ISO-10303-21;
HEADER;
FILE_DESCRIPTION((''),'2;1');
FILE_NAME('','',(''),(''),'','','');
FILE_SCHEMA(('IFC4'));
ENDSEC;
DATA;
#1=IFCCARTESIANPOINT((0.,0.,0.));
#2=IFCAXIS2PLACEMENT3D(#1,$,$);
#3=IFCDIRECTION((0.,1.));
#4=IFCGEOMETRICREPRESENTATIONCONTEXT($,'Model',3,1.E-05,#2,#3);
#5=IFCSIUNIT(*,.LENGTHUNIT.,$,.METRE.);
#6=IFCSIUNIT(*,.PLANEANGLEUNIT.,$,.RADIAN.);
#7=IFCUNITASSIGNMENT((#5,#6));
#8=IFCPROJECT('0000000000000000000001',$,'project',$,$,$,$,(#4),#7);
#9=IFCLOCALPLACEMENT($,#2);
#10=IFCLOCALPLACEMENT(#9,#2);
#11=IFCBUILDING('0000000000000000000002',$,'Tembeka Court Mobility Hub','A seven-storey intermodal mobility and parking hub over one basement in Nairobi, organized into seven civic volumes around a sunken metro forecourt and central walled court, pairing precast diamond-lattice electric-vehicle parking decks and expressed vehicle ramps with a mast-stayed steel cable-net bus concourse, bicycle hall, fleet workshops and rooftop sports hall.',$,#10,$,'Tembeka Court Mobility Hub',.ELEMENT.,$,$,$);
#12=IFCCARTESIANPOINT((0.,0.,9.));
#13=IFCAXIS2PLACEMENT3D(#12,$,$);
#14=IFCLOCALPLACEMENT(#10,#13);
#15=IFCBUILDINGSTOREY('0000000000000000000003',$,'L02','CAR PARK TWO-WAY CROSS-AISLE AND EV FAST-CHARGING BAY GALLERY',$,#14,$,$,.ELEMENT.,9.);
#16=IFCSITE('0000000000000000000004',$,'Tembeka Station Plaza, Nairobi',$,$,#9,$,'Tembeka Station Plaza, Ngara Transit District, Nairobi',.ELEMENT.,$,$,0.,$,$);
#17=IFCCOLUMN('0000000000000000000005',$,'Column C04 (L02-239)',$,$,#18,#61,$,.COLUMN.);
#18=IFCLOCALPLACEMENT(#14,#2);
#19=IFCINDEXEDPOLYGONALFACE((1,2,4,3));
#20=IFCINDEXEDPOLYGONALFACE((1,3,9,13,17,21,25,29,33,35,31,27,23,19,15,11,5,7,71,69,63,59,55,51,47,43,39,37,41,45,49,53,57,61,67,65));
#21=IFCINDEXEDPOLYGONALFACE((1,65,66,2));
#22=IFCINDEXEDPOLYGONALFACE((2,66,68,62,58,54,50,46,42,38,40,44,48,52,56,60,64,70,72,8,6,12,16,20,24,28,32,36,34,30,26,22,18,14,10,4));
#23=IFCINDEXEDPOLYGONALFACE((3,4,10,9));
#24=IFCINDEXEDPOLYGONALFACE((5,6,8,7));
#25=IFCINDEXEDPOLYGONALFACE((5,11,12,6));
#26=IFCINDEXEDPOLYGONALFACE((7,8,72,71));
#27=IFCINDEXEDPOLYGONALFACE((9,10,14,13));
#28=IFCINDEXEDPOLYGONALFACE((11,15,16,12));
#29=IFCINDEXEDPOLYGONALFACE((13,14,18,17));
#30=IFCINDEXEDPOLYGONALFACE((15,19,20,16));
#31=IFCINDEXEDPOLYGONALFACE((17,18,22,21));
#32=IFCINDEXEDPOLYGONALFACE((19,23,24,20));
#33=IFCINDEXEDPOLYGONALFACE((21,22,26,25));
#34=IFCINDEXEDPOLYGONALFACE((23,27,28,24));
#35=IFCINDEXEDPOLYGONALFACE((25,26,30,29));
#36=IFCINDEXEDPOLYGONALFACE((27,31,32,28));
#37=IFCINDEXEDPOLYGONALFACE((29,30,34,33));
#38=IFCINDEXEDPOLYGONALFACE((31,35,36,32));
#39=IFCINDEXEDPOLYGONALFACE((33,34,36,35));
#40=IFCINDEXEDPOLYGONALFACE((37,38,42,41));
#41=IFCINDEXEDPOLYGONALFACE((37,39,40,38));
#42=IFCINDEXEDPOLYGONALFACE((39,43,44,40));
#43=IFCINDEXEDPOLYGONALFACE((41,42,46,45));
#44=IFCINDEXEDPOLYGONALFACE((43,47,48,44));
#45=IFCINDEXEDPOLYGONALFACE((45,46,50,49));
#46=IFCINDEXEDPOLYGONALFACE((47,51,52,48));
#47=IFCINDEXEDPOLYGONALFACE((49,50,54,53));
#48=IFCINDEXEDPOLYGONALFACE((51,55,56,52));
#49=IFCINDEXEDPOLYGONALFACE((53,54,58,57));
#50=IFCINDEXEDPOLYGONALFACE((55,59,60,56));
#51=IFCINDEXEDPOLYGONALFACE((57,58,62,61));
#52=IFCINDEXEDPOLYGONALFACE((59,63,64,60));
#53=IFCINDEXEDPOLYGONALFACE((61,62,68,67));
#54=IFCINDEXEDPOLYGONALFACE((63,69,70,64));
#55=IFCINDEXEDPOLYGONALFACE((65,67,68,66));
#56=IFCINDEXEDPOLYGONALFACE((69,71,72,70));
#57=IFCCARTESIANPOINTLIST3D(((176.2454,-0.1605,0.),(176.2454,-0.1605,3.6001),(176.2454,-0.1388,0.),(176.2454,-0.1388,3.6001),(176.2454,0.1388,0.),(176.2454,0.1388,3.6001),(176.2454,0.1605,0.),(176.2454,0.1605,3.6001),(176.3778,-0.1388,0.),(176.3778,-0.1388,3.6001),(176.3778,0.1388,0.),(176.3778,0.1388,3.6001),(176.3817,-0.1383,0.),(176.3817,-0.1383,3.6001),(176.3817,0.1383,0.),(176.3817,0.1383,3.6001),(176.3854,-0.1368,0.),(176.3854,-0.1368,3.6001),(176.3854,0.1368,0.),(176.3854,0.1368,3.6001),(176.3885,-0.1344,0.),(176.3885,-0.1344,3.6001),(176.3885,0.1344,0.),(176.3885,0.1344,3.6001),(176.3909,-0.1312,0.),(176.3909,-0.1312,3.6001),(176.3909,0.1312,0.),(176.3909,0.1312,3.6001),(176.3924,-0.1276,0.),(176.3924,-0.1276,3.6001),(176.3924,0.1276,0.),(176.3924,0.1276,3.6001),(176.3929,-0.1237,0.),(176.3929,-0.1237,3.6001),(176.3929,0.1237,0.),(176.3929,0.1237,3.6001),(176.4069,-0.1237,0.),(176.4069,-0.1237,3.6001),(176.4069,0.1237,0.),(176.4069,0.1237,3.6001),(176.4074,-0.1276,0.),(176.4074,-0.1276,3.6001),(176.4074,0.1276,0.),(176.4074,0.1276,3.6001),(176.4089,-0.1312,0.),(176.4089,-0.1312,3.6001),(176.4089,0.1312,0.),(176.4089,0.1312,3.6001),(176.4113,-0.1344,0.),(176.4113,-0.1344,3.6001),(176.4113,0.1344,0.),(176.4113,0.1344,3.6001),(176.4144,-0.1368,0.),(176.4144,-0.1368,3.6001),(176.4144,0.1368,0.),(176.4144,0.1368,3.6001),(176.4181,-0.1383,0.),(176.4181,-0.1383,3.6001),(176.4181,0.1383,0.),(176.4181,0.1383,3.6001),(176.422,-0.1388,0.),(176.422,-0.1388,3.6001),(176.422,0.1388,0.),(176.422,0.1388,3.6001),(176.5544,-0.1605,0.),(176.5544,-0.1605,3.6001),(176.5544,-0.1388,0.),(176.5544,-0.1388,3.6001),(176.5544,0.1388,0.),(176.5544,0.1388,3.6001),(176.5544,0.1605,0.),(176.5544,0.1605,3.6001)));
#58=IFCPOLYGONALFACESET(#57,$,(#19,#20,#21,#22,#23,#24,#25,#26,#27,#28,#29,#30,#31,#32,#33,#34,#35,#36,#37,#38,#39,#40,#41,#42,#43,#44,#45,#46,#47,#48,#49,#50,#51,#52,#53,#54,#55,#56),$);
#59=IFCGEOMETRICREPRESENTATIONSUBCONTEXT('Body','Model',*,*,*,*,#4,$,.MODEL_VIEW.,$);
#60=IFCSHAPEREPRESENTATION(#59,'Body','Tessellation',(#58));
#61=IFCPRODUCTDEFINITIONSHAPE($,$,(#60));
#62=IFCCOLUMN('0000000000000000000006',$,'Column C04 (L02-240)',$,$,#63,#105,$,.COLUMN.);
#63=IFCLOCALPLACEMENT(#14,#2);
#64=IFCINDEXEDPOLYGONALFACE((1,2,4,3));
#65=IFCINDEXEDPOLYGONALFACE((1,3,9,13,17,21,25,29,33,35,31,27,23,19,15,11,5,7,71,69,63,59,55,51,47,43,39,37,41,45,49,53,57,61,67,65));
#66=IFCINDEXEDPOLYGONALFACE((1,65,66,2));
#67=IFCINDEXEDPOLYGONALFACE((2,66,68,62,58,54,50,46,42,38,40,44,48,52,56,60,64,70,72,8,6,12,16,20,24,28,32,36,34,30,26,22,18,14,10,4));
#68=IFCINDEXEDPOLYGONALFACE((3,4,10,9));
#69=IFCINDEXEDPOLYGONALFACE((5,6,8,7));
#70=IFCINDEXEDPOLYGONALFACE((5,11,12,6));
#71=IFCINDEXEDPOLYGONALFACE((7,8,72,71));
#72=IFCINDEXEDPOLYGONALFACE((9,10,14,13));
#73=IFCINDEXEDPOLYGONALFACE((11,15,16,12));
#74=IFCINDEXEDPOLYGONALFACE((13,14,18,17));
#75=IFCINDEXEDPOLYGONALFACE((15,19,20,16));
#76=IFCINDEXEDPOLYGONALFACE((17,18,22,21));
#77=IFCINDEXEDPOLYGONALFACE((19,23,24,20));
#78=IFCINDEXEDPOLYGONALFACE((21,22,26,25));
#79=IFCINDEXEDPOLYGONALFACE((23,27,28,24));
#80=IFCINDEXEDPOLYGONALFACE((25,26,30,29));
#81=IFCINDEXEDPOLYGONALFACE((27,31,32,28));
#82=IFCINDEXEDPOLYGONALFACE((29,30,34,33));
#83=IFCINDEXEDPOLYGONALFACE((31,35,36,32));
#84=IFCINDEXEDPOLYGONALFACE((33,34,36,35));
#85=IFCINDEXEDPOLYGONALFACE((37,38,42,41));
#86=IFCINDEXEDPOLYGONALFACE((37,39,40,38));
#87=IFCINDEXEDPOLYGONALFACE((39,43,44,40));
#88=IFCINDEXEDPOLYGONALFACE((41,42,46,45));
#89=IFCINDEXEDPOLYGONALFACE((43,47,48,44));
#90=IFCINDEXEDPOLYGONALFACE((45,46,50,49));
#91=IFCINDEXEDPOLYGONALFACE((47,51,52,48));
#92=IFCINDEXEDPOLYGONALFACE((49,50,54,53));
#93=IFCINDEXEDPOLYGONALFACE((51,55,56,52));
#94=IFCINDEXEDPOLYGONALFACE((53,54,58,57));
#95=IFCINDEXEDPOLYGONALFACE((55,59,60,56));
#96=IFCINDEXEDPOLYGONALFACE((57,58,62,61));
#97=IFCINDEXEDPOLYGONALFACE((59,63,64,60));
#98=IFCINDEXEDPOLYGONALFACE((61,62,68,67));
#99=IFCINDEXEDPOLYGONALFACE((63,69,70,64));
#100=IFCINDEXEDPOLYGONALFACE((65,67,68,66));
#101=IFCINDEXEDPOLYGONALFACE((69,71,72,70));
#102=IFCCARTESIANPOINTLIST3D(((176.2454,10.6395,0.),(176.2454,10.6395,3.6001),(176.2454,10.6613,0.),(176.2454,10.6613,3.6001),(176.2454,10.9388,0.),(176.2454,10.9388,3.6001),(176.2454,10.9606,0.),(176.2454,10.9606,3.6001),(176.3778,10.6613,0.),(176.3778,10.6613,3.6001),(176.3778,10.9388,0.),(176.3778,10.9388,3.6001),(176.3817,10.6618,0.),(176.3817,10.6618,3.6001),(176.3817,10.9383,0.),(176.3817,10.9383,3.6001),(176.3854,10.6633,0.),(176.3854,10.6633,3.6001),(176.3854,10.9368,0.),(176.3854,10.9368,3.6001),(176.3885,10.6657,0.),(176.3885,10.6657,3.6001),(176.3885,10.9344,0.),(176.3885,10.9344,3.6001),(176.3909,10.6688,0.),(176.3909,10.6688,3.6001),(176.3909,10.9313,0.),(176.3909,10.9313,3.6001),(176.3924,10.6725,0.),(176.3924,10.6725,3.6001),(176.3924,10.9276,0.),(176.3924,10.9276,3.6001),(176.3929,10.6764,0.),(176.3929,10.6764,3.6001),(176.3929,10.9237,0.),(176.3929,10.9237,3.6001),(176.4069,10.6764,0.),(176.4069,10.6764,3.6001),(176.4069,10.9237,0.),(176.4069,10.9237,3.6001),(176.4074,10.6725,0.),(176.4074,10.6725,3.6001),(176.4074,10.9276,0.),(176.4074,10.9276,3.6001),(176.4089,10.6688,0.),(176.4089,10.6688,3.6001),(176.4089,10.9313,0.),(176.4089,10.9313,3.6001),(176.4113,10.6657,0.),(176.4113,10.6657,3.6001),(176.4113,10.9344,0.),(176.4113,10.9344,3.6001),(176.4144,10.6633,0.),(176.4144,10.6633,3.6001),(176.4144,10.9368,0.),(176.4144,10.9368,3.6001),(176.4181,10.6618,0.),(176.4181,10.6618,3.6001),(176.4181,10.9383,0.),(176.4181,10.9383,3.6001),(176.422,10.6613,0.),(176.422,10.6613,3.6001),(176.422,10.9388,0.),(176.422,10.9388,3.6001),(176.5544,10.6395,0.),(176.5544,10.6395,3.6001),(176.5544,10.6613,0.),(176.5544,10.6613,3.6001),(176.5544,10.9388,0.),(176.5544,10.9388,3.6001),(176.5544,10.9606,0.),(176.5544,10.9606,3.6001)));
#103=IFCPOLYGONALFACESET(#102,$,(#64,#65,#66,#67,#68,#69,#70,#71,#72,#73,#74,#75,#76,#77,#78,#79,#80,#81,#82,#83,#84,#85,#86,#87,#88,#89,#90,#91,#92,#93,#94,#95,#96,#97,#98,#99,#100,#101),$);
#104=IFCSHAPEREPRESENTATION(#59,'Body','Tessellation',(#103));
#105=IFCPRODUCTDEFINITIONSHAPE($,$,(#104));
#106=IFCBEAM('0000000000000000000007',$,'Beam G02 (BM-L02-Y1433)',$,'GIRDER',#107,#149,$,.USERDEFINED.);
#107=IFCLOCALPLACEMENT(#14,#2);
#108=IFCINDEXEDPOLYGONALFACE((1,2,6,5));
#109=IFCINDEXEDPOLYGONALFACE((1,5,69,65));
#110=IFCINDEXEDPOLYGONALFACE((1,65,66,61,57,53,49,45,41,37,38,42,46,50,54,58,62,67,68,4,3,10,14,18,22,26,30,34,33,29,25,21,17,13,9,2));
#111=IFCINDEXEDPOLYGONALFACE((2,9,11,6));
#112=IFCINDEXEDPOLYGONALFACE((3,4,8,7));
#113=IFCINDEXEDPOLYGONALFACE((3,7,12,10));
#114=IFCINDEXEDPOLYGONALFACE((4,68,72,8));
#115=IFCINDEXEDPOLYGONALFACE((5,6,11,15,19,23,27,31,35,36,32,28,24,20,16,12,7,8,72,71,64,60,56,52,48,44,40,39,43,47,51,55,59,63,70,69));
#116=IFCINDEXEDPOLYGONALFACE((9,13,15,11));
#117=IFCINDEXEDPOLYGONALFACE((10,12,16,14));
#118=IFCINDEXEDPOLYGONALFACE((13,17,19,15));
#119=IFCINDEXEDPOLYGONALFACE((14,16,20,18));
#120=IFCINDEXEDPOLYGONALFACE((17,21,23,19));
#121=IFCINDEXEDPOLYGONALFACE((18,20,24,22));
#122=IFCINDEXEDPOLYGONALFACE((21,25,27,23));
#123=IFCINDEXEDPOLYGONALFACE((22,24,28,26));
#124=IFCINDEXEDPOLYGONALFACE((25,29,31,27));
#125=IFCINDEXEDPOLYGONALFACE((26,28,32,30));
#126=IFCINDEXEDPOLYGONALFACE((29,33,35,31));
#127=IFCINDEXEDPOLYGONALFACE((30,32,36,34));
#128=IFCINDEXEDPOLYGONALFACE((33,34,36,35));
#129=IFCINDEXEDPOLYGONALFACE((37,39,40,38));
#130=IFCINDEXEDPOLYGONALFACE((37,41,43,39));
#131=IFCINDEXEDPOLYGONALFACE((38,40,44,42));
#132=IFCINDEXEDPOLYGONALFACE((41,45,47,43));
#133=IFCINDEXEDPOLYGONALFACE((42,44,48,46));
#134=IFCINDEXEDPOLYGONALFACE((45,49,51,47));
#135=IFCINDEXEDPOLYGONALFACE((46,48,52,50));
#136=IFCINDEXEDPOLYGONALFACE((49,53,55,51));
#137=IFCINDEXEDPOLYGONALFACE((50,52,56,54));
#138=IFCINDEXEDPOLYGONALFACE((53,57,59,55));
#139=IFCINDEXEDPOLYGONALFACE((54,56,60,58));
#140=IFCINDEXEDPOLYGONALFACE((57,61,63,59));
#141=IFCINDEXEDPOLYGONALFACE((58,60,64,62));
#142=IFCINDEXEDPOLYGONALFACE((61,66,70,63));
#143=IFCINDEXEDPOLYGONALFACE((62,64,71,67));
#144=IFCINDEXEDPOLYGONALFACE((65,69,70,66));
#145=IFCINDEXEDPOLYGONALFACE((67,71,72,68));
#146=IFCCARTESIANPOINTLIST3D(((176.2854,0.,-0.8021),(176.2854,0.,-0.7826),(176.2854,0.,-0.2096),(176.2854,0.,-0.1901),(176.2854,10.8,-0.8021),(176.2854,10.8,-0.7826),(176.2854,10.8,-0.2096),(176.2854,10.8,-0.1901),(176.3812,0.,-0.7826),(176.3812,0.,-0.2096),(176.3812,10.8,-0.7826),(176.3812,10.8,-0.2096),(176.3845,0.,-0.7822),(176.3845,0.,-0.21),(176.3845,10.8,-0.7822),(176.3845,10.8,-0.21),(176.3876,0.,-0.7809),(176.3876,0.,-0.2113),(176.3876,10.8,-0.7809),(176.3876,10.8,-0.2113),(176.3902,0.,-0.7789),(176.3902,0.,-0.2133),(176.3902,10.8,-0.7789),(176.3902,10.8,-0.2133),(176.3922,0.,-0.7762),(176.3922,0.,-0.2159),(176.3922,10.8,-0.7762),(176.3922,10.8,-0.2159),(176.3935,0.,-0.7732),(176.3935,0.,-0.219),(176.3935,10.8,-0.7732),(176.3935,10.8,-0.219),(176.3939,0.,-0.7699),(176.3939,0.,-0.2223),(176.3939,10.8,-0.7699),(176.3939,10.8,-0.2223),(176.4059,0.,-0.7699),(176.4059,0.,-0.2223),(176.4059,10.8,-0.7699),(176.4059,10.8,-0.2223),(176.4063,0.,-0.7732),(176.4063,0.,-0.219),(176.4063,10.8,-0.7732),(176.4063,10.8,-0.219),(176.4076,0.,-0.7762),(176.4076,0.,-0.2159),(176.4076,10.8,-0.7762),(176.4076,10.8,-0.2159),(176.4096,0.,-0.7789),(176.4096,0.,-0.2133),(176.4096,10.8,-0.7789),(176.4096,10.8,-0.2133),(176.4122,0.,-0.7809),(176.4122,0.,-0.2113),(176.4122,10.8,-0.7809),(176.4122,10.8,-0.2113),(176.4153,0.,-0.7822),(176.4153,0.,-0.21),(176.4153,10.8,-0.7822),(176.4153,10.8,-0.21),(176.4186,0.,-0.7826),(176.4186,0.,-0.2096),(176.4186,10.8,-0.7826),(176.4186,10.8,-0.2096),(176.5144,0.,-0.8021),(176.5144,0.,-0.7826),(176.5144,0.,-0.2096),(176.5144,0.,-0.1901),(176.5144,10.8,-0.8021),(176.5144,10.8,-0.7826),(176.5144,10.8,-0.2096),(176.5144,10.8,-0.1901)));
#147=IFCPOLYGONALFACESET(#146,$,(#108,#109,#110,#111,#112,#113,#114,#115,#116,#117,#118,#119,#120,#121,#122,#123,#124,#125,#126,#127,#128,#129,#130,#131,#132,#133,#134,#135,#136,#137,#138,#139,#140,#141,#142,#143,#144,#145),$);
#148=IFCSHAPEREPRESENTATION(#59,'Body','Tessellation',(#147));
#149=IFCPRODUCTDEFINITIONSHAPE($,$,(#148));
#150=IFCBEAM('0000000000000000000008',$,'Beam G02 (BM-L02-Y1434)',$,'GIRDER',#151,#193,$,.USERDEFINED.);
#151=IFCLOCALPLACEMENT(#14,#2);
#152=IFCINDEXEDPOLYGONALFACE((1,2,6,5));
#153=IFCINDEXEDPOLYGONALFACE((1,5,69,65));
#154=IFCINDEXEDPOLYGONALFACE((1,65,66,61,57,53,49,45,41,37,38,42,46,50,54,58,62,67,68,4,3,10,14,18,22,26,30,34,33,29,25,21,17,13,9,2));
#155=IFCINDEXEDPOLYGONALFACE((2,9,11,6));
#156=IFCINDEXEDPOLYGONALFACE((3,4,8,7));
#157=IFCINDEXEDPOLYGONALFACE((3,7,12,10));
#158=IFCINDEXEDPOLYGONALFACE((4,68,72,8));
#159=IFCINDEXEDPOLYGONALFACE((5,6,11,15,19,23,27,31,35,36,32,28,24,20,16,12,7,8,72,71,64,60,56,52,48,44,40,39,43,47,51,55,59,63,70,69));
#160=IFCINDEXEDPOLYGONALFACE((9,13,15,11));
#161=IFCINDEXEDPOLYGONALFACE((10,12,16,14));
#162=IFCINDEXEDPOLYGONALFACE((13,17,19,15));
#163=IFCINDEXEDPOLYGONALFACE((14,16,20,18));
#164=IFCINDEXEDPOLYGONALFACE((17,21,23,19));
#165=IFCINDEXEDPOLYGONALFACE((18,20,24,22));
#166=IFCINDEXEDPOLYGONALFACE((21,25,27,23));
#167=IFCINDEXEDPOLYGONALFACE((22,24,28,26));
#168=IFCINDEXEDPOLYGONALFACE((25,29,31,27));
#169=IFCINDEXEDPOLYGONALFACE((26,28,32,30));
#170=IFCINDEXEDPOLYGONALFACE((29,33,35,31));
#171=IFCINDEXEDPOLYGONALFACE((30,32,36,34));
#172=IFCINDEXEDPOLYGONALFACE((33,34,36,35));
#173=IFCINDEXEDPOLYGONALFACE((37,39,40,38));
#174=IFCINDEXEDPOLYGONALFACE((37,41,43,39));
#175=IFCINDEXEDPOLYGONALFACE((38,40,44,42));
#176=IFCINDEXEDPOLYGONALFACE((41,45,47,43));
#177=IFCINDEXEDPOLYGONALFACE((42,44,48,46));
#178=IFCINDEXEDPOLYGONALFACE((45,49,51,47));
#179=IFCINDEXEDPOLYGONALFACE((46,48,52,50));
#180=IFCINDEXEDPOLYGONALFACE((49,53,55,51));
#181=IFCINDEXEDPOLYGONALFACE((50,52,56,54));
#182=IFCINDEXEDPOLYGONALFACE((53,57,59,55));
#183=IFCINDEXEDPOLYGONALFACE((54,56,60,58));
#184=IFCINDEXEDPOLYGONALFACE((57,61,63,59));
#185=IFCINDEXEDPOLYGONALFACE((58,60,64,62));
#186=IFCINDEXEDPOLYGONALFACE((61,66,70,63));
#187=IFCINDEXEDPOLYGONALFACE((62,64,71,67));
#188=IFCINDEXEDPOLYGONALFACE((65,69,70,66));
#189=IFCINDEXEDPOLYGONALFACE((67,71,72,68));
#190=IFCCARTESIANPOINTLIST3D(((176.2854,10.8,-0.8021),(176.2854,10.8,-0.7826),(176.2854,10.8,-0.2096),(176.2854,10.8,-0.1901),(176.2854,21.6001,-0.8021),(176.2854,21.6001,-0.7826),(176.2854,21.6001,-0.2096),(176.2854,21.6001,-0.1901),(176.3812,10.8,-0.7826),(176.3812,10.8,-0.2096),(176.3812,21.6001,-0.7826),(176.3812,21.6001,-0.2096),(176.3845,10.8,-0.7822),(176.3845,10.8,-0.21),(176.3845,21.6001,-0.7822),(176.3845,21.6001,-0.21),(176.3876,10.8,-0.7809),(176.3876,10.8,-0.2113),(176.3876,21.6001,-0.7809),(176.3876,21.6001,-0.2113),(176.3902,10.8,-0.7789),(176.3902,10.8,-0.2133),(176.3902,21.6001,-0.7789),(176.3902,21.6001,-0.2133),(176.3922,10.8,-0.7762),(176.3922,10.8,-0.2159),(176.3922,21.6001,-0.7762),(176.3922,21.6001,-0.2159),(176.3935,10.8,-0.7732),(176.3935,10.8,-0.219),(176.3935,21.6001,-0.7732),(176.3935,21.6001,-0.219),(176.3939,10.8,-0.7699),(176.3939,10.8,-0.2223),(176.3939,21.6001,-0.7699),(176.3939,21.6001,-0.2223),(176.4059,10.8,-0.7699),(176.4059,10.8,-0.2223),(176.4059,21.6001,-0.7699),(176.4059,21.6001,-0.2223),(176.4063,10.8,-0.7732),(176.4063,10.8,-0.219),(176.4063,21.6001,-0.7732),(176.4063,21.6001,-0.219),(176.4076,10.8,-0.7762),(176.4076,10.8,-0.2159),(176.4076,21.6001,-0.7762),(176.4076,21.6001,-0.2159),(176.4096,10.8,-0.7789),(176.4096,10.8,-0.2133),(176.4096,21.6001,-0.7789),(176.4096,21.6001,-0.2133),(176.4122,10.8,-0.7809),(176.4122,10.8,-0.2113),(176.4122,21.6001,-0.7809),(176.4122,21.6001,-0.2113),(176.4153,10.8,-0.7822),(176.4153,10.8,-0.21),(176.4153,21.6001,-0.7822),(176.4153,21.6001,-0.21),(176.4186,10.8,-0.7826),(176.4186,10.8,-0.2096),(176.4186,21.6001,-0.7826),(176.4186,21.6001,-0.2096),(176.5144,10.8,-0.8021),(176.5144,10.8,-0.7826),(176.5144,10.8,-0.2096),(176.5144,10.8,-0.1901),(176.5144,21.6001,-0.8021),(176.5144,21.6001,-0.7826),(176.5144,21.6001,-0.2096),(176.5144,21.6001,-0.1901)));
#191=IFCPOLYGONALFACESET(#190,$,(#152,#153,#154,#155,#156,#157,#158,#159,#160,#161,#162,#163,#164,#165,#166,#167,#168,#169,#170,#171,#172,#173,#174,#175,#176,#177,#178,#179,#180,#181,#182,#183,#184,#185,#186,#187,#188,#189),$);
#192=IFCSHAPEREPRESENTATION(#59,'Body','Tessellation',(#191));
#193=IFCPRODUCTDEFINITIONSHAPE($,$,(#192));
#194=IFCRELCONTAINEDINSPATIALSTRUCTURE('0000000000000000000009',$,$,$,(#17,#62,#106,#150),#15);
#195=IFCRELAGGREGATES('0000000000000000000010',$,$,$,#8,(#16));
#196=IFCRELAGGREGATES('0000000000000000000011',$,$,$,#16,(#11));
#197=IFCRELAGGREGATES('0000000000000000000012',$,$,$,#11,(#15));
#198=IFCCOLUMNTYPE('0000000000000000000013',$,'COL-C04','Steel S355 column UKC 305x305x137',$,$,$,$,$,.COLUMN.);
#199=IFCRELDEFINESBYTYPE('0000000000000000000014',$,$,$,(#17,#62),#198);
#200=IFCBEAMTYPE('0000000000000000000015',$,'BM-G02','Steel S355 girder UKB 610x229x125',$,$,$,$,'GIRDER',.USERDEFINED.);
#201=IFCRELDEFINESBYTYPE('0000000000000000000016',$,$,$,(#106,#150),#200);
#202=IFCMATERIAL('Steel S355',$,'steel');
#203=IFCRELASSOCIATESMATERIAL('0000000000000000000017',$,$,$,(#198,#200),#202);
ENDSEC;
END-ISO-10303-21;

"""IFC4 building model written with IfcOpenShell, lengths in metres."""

from ifc_helpers import new_model, si_unit, direction, frame, origin, origin_2d, place, context, subcontext, project, spatial, i_section, extrude, material, material_profile, profile_set, type_object, element, save


model = new_model("IFC4")

# Units and contexts
model_context = context("Model", 3, precision=1e-05, world=origin(), true_north=direction((0.0, 1.0)))
body_context = subcontext(model_context, "Body", "Model", "MODEL_VIEW")
ifc_project = project(units=[si_unit("LENGTHUNIT", "METRE"), si_unit("PLANEANGLEUNIT", "RADIAN")], contexts=[model_context])

# Site, building, storey
site_placement = place(None, origin())
site = spatial("IfcSite", under=ifc_project, at=site_placement, Name="Tembeka Station Plaza, Nairobi", LongName="Tembeka Station Plaza, Ngara Transit District, Nairobi", CompositionType="ELEMENT", RefElevation=0.0)
building_placement = place(site_placement, origin())
building = spatial("IfcBuilding", under=site, at=building_placement, Name="Tembeka Court Mobility Hub", Description="A seven-storey intermodal mobility and parking hub over one basement in Nairobi, organized into seven civic volumes around a sunken metro forecourt and central walled court, pairing precast diamond-lattice electric-vehicle parking decks and expressed vehicle ramps with a mast-stayed steel cable-net bus concourse, bicycle hall, fleet workshops and rooftop sports hall.", LongName="Tembeka Court Mobility Hub", CompositionType="ELEMENT")
storey_placement = place(building_placement, frame((0.0, 0.0, 9.0)))
storey = spatial("IfcBuildingStorey", under=building, at=storey_placement, Name="L02", Description="CAR PARK TWO-WAY CROSS-AISLE AND EV FAST-CHARGING BAY GALLERY", CompositionType="ELEMENT", Elevation=9.0)

# Columns
ifc_material_1 = material(Name="Steel S355", Category="steel")
ifc_material_profile_1 = material_profile(ifc_material_1, i_section(OverallWidth=0.3091, OverallDepth=0.321, WebThickness=0.0139, FlangeThickness=0.0217, FilletRadius=0.0151, at=origin_2d()), Name="UKC 305x305x137")
ifc_profile_set_1 = profile_set([ifc_material_profile_1], Name="Steel S355")
column_type = type_object("IfcColumnType", Name="COL-C04", Description="Steel S355 column UKC 305x305x137", PredefinedType="COLUMN", material=ifc_profile_set_1)
for number, where, z_axis, x_axis, name in (
    (1, (176.3999, 0.0, 0.0), (0.0, 0.0, 1.0), (1.0, 0.0, 0.0), "Column C04 (L02-239)"),
    (2, (176.3999, 10.8, 0.0), (0.0, 0.0, 1.0), (1.0, 0.0, 0.0), "Column C04 (L02-240)"),
):
    element("IfcColumn", number, at=place(storey_placement, frame(where, z_axis=z_axis, x_axis=x_axis)), inside=storey, type_object=column_type, Name=name, PredefinedType="COLUMN", context=body_context, shape_type="SweptSolid", body=[
        extrude(i_section(OverallWidth=0.3091, OverallDepth=0.321, WebThickness=0.0139, FlangeThickness=0.0217, FilletRadius=0.0151, at=origin_2d()), origin(), (0.0, 0.0, 1.0), 3.6001),
    ])

# Beams
ifc_material_profile_2 = material_profile(ifc_material_1, i_section(OverallWidth=0.229, OverallDepth=0.6121, WebThickness=0.012, FlangeThickness=0.0195, FilletRadius=0.0127, at=origin_2d()), Name="UKB 610x229x125")
ifc_profile_set_2 = profile_set([ifc_material_profile_2], Name="Steel S355")
beam_type = type_object("IfcBeamType", Name="BM-G02", Description="Steel S355 girder UKB 610x229x125", ElementType="GIRDER", PredefinedType="USERDEFINED", material=ifc_profile_set_2)
for number, where, z_axis, x_axis, name in (
    (3, (176.3999, 0.0, -0.4961), (0.0, 1.0, 0.0), (-1.0, 0.0, 0.0), "Beam G02 (BM-L02-Y1433)"),
    (4, (176.3999, 10.8, -0.4961), (0.0, 1.0, 0.0), (-1.0, 0.0, 0.0), "Beam G02 (BM-L02-Y1434)"),
):
    element("IfcBeam", number, at=place(storey_placement, frame(where, z_axis=z_axis, x_axis=x_axis)), inside=storey, type_object=beam_type, Name=name, ObjectType="GIRDER", PredefinedType="USERDEFINED", context=body_context, shape_type="SweptSolid", body=[
        extrude(i_section(OverallWidth=0.229, OverallDepth=0.6121, WebThickness=0.012, FlangeThickness=0.0195, FilletRadius=0.0127, at=origin_2d()), origin(), (0.0, 0.0, 1.0), 10.8),
    ])

save(model, "model.ifc")
